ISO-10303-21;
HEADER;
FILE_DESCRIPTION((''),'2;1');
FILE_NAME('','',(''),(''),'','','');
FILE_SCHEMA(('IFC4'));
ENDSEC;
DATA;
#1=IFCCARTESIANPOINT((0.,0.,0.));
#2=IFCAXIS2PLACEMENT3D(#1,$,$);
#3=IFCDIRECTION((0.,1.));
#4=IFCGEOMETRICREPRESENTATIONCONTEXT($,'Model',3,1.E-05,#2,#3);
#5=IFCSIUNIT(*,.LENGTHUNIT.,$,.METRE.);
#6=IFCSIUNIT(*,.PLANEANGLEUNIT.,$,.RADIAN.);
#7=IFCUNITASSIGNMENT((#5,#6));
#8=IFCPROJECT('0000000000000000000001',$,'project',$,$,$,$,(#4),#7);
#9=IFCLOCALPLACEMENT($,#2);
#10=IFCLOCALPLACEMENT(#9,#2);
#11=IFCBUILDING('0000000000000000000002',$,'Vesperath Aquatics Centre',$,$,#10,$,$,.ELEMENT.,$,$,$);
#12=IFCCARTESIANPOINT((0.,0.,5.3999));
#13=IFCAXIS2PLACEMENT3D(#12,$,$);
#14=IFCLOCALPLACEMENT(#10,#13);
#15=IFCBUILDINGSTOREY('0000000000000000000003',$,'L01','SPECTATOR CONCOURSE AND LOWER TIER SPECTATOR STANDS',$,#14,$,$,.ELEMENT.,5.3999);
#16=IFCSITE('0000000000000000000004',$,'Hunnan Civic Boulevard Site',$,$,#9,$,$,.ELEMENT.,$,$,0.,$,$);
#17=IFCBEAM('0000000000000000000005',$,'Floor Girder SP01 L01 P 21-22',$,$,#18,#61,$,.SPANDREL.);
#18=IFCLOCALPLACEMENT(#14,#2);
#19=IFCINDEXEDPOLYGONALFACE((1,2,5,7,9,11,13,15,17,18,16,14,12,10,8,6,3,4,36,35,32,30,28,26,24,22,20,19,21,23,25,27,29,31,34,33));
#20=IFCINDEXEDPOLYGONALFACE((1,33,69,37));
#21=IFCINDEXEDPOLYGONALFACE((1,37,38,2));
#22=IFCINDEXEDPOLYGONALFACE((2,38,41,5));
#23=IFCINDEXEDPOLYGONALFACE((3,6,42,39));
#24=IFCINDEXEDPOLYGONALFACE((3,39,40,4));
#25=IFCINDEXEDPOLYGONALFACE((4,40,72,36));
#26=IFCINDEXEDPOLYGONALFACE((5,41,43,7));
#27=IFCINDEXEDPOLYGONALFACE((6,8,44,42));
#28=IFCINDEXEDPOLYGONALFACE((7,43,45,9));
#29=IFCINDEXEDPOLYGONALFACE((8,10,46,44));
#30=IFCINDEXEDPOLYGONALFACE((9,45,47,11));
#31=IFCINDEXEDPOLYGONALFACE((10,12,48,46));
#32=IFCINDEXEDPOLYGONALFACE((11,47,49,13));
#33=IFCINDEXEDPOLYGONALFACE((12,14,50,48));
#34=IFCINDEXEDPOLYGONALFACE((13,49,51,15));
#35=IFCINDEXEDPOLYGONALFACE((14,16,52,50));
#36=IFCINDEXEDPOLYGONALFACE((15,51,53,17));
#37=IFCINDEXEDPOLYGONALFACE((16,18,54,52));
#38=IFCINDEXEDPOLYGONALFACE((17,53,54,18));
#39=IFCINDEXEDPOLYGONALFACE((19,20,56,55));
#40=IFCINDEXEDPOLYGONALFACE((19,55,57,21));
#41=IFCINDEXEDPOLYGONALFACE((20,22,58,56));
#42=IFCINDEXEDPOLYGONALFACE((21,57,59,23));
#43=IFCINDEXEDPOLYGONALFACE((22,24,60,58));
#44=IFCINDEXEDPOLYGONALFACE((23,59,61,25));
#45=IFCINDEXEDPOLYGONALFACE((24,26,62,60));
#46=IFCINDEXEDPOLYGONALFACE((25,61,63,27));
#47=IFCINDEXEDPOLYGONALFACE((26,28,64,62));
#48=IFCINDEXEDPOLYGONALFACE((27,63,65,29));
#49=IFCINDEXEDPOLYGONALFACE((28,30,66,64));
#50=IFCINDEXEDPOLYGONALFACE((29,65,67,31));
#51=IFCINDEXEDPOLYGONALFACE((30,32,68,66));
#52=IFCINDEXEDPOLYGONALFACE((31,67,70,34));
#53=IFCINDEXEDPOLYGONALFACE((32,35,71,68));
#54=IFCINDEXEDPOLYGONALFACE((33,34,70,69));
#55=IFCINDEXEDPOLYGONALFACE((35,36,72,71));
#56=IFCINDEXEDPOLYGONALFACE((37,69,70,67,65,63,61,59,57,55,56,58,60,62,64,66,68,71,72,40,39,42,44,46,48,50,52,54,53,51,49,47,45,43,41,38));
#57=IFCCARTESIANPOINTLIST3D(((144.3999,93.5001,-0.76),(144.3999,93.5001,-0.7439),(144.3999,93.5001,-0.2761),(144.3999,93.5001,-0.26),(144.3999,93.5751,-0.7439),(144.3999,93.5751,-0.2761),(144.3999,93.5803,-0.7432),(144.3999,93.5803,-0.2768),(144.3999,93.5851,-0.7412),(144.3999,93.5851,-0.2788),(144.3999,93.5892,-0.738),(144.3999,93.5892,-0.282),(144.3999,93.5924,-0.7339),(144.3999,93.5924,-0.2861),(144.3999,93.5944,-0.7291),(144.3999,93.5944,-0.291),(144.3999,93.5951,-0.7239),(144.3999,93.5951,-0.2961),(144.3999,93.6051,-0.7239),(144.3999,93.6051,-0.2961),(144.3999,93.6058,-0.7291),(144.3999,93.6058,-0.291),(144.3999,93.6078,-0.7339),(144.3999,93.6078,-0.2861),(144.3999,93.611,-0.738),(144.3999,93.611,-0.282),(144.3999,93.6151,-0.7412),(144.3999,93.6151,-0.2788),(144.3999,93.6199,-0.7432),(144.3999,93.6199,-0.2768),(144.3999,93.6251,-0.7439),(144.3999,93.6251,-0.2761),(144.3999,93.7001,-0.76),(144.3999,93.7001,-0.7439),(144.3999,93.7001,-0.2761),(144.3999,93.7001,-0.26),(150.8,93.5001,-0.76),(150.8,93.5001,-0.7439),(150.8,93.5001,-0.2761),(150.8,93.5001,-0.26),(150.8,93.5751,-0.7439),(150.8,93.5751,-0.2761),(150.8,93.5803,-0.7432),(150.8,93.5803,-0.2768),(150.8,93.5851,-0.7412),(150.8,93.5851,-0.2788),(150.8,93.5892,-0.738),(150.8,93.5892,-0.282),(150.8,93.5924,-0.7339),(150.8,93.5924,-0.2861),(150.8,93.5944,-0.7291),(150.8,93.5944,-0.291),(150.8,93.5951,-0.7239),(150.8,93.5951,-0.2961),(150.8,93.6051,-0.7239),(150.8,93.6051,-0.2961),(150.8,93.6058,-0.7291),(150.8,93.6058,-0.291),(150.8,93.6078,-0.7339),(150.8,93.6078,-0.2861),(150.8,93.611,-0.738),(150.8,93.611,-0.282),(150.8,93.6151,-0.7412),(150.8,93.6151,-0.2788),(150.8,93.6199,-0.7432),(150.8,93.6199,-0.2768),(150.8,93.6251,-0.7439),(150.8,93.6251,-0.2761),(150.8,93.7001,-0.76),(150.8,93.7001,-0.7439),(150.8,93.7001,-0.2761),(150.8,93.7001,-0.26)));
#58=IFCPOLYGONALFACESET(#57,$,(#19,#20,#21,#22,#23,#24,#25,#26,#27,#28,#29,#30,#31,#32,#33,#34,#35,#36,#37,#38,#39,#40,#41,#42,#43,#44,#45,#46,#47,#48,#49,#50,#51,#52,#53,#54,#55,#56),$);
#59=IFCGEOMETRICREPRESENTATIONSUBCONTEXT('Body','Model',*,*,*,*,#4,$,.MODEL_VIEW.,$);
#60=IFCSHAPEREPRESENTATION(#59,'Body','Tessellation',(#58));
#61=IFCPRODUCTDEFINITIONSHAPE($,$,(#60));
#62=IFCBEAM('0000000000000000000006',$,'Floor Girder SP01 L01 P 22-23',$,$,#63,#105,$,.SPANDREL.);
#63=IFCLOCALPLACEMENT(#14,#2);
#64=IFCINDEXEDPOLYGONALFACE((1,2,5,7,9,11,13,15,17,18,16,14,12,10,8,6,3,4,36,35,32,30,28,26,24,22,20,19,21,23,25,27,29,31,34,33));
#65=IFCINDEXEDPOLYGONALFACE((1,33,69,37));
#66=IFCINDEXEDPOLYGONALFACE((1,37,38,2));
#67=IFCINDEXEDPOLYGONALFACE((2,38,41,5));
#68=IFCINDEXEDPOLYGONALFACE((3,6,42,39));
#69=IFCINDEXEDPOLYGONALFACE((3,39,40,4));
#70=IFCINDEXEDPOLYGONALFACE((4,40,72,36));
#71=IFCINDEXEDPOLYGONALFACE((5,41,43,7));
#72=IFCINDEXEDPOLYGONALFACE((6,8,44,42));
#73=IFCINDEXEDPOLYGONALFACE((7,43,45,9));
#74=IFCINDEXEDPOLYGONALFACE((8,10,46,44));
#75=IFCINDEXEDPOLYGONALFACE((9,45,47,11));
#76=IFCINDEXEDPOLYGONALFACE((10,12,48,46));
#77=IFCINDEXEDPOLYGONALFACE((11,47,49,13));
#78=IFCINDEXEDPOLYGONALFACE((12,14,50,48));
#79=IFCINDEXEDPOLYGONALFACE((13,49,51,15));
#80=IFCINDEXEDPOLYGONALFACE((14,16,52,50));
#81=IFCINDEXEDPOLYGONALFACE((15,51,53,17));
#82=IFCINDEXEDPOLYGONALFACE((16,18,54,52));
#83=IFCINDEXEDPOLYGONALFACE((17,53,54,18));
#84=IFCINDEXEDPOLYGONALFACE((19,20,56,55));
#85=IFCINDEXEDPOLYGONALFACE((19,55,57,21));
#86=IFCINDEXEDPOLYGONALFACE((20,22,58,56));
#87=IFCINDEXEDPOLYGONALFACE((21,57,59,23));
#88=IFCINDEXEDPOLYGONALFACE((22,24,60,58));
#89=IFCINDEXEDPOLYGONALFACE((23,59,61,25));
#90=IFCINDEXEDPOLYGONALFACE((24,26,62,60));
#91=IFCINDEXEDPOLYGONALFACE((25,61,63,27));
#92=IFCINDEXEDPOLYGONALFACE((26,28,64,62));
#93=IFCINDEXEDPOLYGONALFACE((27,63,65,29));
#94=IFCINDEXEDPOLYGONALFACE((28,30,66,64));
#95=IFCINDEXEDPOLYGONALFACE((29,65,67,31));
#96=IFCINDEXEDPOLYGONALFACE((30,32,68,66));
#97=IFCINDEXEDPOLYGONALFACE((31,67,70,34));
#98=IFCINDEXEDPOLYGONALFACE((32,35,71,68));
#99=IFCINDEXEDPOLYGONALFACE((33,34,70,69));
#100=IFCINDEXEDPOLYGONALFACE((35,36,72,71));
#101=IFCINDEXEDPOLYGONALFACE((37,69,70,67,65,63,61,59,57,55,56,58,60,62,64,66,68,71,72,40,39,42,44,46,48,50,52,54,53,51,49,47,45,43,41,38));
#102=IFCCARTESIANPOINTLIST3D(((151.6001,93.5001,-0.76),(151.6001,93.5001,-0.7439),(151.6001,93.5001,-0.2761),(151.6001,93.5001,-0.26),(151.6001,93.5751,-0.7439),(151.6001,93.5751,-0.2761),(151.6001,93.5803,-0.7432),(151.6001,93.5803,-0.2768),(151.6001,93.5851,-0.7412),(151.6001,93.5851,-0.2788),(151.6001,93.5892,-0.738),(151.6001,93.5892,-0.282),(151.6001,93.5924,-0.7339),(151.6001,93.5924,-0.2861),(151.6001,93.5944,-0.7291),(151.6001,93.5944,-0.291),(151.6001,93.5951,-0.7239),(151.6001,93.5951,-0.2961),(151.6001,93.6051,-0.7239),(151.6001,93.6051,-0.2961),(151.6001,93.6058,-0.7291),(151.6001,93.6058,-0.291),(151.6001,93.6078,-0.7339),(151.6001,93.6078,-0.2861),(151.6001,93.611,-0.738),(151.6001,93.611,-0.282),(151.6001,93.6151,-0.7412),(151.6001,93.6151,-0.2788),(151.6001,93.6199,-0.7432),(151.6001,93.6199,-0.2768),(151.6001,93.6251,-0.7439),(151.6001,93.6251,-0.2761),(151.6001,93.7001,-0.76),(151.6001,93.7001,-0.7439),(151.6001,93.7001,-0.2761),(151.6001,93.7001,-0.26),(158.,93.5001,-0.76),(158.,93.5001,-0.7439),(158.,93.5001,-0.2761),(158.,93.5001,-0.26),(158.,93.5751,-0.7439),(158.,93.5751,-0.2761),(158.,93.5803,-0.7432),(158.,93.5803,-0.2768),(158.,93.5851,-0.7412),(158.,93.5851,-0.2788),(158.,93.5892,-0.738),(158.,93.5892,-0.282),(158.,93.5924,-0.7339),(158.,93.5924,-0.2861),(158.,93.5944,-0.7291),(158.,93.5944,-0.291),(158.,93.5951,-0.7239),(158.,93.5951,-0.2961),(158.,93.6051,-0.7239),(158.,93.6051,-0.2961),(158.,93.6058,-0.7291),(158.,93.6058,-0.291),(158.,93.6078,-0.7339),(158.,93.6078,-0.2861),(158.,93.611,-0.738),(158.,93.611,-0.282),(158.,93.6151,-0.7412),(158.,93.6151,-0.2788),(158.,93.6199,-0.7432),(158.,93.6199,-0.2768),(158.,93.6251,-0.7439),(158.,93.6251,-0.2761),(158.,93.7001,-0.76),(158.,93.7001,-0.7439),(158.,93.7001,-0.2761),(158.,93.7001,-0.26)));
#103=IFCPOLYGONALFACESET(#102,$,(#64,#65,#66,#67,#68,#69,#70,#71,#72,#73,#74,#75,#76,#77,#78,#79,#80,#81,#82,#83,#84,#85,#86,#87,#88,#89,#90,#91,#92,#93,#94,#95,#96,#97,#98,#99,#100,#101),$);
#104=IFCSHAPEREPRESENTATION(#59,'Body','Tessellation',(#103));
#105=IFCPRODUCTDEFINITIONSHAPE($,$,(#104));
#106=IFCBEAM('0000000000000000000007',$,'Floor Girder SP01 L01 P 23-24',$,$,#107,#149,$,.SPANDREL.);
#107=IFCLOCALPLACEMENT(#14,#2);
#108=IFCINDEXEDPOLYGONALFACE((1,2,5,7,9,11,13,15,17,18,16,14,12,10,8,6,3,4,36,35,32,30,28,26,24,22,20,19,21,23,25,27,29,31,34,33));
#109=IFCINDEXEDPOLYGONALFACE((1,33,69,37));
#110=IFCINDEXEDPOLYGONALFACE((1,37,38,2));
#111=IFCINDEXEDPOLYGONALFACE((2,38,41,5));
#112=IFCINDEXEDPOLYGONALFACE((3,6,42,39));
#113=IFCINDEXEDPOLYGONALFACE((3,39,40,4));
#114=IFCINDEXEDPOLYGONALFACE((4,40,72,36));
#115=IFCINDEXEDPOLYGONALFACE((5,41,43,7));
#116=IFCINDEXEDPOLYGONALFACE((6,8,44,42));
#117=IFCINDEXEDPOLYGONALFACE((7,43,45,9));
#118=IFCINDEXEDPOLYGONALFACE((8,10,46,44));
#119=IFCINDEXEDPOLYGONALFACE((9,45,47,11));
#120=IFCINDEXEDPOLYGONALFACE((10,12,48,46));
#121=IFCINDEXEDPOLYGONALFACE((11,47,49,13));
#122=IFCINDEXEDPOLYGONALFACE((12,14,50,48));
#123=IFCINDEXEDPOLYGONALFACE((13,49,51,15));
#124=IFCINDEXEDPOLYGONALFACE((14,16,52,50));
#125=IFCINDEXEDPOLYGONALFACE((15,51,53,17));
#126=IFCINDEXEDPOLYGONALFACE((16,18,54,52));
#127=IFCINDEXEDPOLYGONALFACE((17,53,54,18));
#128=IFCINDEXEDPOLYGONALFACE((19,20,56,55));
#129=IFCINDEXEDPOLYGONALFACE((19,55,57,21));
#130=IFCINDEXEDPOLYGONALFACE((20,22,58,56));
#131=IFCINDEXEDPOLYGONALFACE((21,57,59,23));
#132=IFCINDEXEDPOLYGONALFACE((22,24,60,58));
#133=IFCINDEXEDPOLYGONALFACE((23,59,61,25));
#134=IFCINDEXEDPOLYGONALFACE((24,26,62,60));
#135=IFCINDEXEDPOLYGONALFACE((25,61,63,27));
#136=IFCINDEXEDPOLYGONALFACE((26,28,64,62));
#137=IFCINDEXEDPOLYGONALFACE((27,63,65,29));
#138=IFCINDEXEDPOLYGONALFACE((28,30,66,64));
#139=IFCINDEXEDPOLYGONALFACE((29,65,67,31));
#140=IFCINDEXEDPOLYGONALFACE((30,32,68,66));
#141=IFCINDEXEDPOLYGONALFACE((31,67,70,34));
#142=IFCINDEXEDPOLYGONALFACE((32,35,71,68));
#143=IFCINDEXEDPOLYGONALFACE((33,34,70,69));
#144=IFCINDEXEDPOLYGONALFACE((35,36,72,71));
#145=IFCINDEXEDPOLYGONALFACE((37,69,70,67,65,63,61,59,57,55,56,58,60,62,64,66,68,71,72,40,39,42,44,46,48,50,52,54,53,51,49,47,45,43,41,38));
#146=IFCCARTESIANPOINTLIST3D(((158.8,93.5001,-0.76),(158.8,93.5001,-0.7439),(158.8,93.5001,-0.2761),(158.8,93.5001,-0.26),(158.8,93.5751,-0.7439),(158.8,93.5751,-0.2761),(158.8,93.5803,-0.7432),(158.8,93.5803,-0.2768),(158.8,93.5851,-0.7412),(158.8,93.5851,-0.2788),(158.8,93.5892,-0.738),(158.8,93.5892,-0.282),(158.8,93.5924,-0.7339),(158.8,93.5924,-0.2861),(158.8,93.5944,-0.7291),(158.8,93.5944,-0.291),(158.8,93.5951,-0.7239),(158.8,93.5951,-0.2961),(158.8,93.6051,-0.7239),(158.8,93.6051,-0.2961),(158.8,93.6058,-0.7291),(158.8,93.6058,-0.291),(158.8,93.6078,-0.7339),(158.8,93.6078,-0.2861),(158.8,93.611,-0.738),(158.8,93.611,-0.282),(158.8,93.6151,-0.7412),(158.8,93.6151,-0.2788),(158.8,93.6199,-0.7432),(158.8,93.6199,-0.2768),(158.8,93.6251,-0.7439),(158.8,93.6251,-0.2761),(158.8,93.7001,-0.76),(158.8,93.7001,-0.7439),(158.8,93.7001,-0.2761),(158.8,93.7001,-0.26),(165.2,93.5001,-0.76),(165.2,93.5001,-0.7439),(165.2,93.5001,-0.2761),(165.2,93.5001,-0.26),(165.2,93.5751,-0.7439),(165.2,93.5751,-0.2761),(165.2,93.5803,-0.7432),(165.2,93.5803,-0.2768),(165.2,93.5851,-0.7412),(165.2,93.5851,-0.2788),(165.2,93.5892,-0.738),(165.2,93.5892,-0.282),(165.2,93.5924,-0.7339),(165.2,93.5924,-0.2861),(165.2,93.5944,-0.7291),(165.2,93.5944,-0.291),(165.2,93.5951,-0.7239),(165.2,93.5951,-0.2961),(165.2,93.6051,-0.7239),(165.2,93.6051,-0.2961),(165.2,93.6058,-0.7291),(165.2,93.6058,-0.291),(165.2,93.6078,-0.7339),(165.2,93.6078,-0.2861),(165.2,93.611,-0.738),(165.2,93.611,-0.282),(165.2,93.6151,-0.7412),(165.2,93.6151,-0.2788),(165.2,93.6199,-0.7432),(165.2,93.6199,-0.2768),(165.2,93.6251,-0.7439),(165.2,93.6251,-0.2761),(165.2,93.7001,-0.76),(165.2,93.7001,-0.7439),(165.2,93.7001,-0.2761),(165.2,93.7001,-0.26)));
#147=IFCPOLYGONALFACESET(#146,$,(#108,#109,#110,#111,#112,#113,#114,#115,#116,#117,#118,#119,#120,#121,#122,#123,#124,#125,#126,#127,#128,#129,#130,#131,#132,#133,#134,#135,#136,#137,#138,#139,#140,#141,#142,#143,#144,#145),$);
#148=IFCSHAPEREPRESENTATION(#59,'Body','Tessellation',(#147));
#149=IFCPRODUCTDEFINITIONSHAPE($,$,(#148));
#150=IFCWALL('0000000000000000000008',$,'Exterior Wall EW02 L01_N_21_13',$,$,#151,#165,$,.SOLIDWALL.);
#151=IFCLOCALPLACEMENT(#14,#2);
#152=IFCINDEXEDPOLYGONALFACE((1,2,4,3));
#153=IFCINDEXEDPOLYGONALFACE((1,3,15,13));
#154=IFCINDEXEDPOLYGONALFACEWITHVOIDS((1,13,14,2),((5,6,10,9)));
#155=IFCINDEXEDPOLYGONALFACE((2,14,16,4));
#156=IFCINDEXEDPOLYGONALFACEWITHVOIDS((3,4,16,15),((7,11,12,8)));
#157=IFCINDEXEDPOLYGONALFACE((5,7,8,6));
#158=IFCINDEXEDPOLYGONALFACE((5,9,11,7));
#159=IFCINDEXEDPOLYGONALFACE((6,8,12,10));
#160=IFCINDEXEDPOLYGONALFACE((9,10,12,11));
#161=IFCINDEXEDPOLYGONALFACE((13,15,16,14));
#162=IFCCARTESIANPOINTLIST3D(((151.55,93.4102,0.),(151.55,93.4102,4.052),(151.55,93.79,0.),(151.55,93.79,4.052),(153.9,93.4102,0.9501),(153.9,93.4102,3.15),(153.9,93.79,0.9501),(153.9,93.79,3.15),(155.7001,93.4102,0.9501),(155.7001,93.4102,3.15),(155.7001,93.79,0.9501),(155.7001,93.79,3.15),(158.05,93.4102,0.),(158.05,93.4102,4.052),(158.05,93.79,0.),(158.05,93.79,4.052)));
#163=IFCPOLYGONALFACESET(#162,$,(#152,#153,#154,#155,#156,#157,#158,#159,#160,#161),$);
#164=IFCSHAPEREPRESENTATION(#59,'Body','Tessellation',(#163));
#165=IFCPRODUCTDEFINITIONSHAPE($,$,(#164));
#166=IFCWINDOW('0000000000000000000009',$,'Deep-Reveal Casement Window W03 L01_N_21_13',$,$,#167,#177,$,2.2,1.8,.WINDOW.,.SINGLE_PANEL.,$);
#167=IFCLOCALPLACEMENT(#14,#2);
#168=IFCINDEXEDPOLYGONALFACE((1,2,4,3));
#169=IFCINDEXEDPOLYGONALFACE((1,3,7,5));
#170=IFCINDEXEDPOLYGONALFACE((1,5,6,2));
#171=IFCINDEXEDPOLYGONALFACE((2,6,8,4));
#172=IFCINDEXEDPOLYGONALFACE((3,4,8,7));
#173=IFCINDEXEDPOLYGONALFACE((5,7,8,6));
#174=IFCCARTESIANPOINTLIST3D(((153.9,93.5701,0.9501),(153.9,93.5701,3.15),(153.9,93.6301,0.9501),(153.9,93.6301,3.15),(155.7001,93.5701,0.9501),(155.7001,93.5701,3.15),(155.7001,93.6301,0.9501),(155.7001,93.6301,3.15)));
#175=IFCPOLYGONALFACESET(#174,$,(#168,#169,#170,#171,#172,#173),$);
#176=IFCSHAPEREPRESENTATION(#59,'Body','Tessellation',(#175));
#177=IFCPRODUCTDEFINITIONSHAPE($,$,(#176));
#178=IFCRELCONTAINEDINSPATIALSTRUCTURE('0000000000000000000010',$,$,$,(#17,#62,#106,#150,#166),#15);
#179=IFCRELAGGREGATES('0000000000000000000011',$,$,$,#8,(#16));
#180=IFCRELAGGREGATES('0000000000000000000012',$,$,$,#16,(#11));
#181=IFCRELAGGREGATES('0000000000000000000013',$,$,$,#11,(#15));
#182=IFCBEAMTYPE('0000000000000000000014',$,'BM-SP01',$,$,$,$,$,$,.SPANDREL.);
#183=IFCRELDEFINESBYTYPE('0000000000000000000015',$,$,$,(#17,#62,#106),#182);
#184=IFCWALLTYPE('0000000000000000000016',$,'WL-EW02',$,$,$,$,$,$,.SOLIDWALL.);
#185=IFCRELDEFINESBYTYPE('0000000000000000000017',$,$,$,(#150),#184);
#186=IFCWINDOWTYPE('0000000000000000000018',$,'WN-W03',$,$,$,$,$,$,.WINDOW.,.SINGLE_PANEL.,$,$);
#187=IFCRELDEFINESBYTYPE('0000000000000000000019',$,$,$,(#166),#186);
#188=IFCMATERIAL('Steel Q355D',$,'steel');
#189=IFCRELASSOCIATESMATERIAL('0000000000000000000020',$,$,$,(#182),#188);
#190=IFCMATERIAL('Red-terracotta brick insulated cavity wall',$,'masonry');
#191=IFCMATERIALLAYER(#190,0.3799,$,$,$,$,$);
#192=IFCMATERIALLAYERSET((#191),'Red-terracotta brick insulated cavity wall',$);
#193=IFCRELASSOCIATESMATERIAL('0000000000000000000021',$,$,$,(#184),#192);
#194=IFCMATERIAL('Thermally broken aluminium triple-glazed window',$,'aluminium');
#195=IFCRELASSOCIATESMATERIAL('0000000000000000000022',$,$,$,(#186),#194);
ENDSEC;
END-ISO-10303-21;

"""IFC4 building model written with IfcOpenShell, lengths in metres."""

from ifc_helpers import new_model, si_unit, direction, frame, frame_2d, origin, origin_2d, place, context, subcontext, project, spatial, rectangle, i_section, extrude, material, layer, layer_set, material_profile, profile_set, type_object, element, fill, save


model = new_model("IFC4")

# Units and contexts
model_context = context("Model", 3, precision=1e-05, world=origin(), true_north=direction((0.0, 1.0)))
body_context = subcontext(model_context, "Body", "Model", "MODEL_VIEW")
ifc_project = project(units=[si_unit("LENGTHUNIT", "METRE"), si_unit("PLANEANGLEUNIT", "RADIAN")], contexts=[model_context])

# Site, building, storey
site_placement = place(None, origin())
site = spatial("IfcSite", under=ifc_project, at=site_placement, Name="Hunnan Civic Boulevard Site", CompositionType="ELEMENT", RefElevation=0.0)
building_placement = place(site_placement, origin())
building = spatial("IfcBuilding", under=site, at=building_placement, Name="Vesperath Aquatics Centre", CompositionType="ELEMENT")
storey_placement = place(building_placement, frame((0.0, 0.0, 5.3999)))
storey = spatial("IfcBuildingStorey", under=building, at=storey_placement, Name="L01", Description="SPECTATOR CONCOURSE AND LOWER TIER SPECTATOR STANDS", CompositionType="ELEMENT", Elevation=5.3999)

# Beams
ifc_material_1 = material(Name="Steel Q355D", Category="steel")
ifc_material_profile_1 = material_profile(ifc_material_1, i_section(OverallWidth=0.2, OverallDepth=0.5, WebThickness=0.01, FlangeThickness=0.0161, FilletRadius=0.02, at=origin_2d()), Name="HN 500x200x10x16")
ifc_profile_set_1 = profile_set([ifc_material_profile_1], Name="Steel Q355D")
beam_type_1 = type_object("IfcBeamType", Name="BM-SP01", PredefinedType="SPANDREL", material=ifc_profile_set_1)
beam_placement = place(storey_placement, frame((144.3999, 93.6001, -0.51), z_axis=(1.0, 0.0, 0.0), x_axis=(0.0, 1.0, 0.0)))
element("IfcBeam", 1, at=beam_placement, inside=storey, type_object=beam_type_1, Name="Floor Girder SP01 L01 P 21-22", PredefinedType="SPANDREL", context=body_context, shape_type="SweptSolid", body=[
    extrude(i_section(OverallWidth=0.2, OverallDepth=0.5, WebThickness=0.01, FlangeThickness=0.0161, FilletRadius=0.02, at=origin_2d()), origin(), (0.0, 0.0, 1.0), 6.4001),
])
for number, where, z_axis, x_axis, name in (
    (2, (151.6001, 93.6001, -0.51), (1.0, 0.0, 0.0), (0.0, 1.0, 0.0), "Floor Girder SP01 L01 P 22-23"),
    (3, (158.8, 93.6001, -0.51), (1.0, 0.0, 0.0), (0.0, 1.0, 0.0), "Floor Girder SP01 L01 P 23-24"),
):
    element("IfcBeam", number, at=place(storey_placement, frame(where, z_axis=z_axis, x_axis=x_axis)), inside=storey, type_object=beam_type_1, Name=name, PredefinedType="SPANDREL", context=body_context, shape_type="SweptSolid", body=[
        extrude(i_section(OverallWidth=0.2, OverallDepth=0.5, WebThickness=0.01, FlangeThickness=0.0161, FilletRadius=0.02, at=origin_2d()), origin(), (0.0, 0.0, 1.0), 6.3999),
    ])

# Wall, opening, window
ifc_material_2 = material(Name="Red-terracotta brick insulated cavity wall", Category="masonry")
ifc_layer_1 = layer(ifc_material_2, 0.3799)
ifc_layer_set_1 = layer_set([ifc_layer_1], Name="Red-terracotta brick insulated cavity wall")
wall_type_1 = type_object("IfcWallType", Name="WL-EW02", PredefinedType="SOLIDWALL", material=ifc_layer_set_1)
wall_1_placement = place(storey_placement, frame((151.55, 93.6001, 0.0), z_axis=(0.0, 0.0, 1.0), x_axis=(1.0, 0.0, 0.0)))
wall_1 = element("IfcWall", 4, at=wall_1_placement, inside=storey, type_object=wall_type_1, Name="Exterior Wall EW02 L01_N_21_13", PredefinedType="SOLIDWALL", context=body_context, shape_type="SweptSolid", body=[
    extrude(rectangle(XDim=6.5, YDim=0.3799, at=frame_2d((3.25, 0.0))), origin(), (0.0, 0.0, 1.0), 4.052),
])
opening_1_placement = place(wall_1_placement, frame((2.3501, 0.0, 0.95)))
opening_1 = element("IfcOpeningElement", 5, at=opening_1_placement, cuts=wall_1, PredefinedType="OPENING", context=body_context, shape_type="SweptSolid", body=[
    extrude(rectangle(XDim=1.8, YDim=2.2, at=frame_2d((0.8999, 1.1001))), frame((0.0, 0.2048, 0.0), z_axis=(0.0, -1.0, 0.0), x_axis=(1.0, 0.0, 0.0)), (0.0, 0.0, 1.0), 0.4097),
])
ifc_material_3 = material(Name="Thermally broken aluminium triple-glazed window", Category="aluminium")
window_type_1 = type_object("IfcWindowType", Name="WN-W03", PartitioningType="SINGLE_PANEL", PredefinedType="WINDOW", material=ifc_material_3)
window_1_placement = place(opening_1_placement, origin())
window_1 = element("IfcWindow", 6, at=window_1_placement, inside=storey, type_object=window_type_1, Name="Deep-Reveal Casement Window W03 L01_N_21_13", OverallHeight=2.2, OverallWidth=1.8, PartitioningType="SINGLE_PANEL", PredefinedType="WINDOW", context=body_context, shape_type="SweptSolid", body=[
    extrude(rectangle(XDim=1.8, YDim=2.2, at=frame_2d((0.8999, 1.1001))), frame((0.0, 0.03, 0.0), z_axis=(0.0, -1.0, 0.0), x_axis=(1.0, 0.0, 0.0)), (0.0, 0.0, 1.0), 0.0601),
])
fill(opening_1, window_1)

save(model, "model.ifc")
